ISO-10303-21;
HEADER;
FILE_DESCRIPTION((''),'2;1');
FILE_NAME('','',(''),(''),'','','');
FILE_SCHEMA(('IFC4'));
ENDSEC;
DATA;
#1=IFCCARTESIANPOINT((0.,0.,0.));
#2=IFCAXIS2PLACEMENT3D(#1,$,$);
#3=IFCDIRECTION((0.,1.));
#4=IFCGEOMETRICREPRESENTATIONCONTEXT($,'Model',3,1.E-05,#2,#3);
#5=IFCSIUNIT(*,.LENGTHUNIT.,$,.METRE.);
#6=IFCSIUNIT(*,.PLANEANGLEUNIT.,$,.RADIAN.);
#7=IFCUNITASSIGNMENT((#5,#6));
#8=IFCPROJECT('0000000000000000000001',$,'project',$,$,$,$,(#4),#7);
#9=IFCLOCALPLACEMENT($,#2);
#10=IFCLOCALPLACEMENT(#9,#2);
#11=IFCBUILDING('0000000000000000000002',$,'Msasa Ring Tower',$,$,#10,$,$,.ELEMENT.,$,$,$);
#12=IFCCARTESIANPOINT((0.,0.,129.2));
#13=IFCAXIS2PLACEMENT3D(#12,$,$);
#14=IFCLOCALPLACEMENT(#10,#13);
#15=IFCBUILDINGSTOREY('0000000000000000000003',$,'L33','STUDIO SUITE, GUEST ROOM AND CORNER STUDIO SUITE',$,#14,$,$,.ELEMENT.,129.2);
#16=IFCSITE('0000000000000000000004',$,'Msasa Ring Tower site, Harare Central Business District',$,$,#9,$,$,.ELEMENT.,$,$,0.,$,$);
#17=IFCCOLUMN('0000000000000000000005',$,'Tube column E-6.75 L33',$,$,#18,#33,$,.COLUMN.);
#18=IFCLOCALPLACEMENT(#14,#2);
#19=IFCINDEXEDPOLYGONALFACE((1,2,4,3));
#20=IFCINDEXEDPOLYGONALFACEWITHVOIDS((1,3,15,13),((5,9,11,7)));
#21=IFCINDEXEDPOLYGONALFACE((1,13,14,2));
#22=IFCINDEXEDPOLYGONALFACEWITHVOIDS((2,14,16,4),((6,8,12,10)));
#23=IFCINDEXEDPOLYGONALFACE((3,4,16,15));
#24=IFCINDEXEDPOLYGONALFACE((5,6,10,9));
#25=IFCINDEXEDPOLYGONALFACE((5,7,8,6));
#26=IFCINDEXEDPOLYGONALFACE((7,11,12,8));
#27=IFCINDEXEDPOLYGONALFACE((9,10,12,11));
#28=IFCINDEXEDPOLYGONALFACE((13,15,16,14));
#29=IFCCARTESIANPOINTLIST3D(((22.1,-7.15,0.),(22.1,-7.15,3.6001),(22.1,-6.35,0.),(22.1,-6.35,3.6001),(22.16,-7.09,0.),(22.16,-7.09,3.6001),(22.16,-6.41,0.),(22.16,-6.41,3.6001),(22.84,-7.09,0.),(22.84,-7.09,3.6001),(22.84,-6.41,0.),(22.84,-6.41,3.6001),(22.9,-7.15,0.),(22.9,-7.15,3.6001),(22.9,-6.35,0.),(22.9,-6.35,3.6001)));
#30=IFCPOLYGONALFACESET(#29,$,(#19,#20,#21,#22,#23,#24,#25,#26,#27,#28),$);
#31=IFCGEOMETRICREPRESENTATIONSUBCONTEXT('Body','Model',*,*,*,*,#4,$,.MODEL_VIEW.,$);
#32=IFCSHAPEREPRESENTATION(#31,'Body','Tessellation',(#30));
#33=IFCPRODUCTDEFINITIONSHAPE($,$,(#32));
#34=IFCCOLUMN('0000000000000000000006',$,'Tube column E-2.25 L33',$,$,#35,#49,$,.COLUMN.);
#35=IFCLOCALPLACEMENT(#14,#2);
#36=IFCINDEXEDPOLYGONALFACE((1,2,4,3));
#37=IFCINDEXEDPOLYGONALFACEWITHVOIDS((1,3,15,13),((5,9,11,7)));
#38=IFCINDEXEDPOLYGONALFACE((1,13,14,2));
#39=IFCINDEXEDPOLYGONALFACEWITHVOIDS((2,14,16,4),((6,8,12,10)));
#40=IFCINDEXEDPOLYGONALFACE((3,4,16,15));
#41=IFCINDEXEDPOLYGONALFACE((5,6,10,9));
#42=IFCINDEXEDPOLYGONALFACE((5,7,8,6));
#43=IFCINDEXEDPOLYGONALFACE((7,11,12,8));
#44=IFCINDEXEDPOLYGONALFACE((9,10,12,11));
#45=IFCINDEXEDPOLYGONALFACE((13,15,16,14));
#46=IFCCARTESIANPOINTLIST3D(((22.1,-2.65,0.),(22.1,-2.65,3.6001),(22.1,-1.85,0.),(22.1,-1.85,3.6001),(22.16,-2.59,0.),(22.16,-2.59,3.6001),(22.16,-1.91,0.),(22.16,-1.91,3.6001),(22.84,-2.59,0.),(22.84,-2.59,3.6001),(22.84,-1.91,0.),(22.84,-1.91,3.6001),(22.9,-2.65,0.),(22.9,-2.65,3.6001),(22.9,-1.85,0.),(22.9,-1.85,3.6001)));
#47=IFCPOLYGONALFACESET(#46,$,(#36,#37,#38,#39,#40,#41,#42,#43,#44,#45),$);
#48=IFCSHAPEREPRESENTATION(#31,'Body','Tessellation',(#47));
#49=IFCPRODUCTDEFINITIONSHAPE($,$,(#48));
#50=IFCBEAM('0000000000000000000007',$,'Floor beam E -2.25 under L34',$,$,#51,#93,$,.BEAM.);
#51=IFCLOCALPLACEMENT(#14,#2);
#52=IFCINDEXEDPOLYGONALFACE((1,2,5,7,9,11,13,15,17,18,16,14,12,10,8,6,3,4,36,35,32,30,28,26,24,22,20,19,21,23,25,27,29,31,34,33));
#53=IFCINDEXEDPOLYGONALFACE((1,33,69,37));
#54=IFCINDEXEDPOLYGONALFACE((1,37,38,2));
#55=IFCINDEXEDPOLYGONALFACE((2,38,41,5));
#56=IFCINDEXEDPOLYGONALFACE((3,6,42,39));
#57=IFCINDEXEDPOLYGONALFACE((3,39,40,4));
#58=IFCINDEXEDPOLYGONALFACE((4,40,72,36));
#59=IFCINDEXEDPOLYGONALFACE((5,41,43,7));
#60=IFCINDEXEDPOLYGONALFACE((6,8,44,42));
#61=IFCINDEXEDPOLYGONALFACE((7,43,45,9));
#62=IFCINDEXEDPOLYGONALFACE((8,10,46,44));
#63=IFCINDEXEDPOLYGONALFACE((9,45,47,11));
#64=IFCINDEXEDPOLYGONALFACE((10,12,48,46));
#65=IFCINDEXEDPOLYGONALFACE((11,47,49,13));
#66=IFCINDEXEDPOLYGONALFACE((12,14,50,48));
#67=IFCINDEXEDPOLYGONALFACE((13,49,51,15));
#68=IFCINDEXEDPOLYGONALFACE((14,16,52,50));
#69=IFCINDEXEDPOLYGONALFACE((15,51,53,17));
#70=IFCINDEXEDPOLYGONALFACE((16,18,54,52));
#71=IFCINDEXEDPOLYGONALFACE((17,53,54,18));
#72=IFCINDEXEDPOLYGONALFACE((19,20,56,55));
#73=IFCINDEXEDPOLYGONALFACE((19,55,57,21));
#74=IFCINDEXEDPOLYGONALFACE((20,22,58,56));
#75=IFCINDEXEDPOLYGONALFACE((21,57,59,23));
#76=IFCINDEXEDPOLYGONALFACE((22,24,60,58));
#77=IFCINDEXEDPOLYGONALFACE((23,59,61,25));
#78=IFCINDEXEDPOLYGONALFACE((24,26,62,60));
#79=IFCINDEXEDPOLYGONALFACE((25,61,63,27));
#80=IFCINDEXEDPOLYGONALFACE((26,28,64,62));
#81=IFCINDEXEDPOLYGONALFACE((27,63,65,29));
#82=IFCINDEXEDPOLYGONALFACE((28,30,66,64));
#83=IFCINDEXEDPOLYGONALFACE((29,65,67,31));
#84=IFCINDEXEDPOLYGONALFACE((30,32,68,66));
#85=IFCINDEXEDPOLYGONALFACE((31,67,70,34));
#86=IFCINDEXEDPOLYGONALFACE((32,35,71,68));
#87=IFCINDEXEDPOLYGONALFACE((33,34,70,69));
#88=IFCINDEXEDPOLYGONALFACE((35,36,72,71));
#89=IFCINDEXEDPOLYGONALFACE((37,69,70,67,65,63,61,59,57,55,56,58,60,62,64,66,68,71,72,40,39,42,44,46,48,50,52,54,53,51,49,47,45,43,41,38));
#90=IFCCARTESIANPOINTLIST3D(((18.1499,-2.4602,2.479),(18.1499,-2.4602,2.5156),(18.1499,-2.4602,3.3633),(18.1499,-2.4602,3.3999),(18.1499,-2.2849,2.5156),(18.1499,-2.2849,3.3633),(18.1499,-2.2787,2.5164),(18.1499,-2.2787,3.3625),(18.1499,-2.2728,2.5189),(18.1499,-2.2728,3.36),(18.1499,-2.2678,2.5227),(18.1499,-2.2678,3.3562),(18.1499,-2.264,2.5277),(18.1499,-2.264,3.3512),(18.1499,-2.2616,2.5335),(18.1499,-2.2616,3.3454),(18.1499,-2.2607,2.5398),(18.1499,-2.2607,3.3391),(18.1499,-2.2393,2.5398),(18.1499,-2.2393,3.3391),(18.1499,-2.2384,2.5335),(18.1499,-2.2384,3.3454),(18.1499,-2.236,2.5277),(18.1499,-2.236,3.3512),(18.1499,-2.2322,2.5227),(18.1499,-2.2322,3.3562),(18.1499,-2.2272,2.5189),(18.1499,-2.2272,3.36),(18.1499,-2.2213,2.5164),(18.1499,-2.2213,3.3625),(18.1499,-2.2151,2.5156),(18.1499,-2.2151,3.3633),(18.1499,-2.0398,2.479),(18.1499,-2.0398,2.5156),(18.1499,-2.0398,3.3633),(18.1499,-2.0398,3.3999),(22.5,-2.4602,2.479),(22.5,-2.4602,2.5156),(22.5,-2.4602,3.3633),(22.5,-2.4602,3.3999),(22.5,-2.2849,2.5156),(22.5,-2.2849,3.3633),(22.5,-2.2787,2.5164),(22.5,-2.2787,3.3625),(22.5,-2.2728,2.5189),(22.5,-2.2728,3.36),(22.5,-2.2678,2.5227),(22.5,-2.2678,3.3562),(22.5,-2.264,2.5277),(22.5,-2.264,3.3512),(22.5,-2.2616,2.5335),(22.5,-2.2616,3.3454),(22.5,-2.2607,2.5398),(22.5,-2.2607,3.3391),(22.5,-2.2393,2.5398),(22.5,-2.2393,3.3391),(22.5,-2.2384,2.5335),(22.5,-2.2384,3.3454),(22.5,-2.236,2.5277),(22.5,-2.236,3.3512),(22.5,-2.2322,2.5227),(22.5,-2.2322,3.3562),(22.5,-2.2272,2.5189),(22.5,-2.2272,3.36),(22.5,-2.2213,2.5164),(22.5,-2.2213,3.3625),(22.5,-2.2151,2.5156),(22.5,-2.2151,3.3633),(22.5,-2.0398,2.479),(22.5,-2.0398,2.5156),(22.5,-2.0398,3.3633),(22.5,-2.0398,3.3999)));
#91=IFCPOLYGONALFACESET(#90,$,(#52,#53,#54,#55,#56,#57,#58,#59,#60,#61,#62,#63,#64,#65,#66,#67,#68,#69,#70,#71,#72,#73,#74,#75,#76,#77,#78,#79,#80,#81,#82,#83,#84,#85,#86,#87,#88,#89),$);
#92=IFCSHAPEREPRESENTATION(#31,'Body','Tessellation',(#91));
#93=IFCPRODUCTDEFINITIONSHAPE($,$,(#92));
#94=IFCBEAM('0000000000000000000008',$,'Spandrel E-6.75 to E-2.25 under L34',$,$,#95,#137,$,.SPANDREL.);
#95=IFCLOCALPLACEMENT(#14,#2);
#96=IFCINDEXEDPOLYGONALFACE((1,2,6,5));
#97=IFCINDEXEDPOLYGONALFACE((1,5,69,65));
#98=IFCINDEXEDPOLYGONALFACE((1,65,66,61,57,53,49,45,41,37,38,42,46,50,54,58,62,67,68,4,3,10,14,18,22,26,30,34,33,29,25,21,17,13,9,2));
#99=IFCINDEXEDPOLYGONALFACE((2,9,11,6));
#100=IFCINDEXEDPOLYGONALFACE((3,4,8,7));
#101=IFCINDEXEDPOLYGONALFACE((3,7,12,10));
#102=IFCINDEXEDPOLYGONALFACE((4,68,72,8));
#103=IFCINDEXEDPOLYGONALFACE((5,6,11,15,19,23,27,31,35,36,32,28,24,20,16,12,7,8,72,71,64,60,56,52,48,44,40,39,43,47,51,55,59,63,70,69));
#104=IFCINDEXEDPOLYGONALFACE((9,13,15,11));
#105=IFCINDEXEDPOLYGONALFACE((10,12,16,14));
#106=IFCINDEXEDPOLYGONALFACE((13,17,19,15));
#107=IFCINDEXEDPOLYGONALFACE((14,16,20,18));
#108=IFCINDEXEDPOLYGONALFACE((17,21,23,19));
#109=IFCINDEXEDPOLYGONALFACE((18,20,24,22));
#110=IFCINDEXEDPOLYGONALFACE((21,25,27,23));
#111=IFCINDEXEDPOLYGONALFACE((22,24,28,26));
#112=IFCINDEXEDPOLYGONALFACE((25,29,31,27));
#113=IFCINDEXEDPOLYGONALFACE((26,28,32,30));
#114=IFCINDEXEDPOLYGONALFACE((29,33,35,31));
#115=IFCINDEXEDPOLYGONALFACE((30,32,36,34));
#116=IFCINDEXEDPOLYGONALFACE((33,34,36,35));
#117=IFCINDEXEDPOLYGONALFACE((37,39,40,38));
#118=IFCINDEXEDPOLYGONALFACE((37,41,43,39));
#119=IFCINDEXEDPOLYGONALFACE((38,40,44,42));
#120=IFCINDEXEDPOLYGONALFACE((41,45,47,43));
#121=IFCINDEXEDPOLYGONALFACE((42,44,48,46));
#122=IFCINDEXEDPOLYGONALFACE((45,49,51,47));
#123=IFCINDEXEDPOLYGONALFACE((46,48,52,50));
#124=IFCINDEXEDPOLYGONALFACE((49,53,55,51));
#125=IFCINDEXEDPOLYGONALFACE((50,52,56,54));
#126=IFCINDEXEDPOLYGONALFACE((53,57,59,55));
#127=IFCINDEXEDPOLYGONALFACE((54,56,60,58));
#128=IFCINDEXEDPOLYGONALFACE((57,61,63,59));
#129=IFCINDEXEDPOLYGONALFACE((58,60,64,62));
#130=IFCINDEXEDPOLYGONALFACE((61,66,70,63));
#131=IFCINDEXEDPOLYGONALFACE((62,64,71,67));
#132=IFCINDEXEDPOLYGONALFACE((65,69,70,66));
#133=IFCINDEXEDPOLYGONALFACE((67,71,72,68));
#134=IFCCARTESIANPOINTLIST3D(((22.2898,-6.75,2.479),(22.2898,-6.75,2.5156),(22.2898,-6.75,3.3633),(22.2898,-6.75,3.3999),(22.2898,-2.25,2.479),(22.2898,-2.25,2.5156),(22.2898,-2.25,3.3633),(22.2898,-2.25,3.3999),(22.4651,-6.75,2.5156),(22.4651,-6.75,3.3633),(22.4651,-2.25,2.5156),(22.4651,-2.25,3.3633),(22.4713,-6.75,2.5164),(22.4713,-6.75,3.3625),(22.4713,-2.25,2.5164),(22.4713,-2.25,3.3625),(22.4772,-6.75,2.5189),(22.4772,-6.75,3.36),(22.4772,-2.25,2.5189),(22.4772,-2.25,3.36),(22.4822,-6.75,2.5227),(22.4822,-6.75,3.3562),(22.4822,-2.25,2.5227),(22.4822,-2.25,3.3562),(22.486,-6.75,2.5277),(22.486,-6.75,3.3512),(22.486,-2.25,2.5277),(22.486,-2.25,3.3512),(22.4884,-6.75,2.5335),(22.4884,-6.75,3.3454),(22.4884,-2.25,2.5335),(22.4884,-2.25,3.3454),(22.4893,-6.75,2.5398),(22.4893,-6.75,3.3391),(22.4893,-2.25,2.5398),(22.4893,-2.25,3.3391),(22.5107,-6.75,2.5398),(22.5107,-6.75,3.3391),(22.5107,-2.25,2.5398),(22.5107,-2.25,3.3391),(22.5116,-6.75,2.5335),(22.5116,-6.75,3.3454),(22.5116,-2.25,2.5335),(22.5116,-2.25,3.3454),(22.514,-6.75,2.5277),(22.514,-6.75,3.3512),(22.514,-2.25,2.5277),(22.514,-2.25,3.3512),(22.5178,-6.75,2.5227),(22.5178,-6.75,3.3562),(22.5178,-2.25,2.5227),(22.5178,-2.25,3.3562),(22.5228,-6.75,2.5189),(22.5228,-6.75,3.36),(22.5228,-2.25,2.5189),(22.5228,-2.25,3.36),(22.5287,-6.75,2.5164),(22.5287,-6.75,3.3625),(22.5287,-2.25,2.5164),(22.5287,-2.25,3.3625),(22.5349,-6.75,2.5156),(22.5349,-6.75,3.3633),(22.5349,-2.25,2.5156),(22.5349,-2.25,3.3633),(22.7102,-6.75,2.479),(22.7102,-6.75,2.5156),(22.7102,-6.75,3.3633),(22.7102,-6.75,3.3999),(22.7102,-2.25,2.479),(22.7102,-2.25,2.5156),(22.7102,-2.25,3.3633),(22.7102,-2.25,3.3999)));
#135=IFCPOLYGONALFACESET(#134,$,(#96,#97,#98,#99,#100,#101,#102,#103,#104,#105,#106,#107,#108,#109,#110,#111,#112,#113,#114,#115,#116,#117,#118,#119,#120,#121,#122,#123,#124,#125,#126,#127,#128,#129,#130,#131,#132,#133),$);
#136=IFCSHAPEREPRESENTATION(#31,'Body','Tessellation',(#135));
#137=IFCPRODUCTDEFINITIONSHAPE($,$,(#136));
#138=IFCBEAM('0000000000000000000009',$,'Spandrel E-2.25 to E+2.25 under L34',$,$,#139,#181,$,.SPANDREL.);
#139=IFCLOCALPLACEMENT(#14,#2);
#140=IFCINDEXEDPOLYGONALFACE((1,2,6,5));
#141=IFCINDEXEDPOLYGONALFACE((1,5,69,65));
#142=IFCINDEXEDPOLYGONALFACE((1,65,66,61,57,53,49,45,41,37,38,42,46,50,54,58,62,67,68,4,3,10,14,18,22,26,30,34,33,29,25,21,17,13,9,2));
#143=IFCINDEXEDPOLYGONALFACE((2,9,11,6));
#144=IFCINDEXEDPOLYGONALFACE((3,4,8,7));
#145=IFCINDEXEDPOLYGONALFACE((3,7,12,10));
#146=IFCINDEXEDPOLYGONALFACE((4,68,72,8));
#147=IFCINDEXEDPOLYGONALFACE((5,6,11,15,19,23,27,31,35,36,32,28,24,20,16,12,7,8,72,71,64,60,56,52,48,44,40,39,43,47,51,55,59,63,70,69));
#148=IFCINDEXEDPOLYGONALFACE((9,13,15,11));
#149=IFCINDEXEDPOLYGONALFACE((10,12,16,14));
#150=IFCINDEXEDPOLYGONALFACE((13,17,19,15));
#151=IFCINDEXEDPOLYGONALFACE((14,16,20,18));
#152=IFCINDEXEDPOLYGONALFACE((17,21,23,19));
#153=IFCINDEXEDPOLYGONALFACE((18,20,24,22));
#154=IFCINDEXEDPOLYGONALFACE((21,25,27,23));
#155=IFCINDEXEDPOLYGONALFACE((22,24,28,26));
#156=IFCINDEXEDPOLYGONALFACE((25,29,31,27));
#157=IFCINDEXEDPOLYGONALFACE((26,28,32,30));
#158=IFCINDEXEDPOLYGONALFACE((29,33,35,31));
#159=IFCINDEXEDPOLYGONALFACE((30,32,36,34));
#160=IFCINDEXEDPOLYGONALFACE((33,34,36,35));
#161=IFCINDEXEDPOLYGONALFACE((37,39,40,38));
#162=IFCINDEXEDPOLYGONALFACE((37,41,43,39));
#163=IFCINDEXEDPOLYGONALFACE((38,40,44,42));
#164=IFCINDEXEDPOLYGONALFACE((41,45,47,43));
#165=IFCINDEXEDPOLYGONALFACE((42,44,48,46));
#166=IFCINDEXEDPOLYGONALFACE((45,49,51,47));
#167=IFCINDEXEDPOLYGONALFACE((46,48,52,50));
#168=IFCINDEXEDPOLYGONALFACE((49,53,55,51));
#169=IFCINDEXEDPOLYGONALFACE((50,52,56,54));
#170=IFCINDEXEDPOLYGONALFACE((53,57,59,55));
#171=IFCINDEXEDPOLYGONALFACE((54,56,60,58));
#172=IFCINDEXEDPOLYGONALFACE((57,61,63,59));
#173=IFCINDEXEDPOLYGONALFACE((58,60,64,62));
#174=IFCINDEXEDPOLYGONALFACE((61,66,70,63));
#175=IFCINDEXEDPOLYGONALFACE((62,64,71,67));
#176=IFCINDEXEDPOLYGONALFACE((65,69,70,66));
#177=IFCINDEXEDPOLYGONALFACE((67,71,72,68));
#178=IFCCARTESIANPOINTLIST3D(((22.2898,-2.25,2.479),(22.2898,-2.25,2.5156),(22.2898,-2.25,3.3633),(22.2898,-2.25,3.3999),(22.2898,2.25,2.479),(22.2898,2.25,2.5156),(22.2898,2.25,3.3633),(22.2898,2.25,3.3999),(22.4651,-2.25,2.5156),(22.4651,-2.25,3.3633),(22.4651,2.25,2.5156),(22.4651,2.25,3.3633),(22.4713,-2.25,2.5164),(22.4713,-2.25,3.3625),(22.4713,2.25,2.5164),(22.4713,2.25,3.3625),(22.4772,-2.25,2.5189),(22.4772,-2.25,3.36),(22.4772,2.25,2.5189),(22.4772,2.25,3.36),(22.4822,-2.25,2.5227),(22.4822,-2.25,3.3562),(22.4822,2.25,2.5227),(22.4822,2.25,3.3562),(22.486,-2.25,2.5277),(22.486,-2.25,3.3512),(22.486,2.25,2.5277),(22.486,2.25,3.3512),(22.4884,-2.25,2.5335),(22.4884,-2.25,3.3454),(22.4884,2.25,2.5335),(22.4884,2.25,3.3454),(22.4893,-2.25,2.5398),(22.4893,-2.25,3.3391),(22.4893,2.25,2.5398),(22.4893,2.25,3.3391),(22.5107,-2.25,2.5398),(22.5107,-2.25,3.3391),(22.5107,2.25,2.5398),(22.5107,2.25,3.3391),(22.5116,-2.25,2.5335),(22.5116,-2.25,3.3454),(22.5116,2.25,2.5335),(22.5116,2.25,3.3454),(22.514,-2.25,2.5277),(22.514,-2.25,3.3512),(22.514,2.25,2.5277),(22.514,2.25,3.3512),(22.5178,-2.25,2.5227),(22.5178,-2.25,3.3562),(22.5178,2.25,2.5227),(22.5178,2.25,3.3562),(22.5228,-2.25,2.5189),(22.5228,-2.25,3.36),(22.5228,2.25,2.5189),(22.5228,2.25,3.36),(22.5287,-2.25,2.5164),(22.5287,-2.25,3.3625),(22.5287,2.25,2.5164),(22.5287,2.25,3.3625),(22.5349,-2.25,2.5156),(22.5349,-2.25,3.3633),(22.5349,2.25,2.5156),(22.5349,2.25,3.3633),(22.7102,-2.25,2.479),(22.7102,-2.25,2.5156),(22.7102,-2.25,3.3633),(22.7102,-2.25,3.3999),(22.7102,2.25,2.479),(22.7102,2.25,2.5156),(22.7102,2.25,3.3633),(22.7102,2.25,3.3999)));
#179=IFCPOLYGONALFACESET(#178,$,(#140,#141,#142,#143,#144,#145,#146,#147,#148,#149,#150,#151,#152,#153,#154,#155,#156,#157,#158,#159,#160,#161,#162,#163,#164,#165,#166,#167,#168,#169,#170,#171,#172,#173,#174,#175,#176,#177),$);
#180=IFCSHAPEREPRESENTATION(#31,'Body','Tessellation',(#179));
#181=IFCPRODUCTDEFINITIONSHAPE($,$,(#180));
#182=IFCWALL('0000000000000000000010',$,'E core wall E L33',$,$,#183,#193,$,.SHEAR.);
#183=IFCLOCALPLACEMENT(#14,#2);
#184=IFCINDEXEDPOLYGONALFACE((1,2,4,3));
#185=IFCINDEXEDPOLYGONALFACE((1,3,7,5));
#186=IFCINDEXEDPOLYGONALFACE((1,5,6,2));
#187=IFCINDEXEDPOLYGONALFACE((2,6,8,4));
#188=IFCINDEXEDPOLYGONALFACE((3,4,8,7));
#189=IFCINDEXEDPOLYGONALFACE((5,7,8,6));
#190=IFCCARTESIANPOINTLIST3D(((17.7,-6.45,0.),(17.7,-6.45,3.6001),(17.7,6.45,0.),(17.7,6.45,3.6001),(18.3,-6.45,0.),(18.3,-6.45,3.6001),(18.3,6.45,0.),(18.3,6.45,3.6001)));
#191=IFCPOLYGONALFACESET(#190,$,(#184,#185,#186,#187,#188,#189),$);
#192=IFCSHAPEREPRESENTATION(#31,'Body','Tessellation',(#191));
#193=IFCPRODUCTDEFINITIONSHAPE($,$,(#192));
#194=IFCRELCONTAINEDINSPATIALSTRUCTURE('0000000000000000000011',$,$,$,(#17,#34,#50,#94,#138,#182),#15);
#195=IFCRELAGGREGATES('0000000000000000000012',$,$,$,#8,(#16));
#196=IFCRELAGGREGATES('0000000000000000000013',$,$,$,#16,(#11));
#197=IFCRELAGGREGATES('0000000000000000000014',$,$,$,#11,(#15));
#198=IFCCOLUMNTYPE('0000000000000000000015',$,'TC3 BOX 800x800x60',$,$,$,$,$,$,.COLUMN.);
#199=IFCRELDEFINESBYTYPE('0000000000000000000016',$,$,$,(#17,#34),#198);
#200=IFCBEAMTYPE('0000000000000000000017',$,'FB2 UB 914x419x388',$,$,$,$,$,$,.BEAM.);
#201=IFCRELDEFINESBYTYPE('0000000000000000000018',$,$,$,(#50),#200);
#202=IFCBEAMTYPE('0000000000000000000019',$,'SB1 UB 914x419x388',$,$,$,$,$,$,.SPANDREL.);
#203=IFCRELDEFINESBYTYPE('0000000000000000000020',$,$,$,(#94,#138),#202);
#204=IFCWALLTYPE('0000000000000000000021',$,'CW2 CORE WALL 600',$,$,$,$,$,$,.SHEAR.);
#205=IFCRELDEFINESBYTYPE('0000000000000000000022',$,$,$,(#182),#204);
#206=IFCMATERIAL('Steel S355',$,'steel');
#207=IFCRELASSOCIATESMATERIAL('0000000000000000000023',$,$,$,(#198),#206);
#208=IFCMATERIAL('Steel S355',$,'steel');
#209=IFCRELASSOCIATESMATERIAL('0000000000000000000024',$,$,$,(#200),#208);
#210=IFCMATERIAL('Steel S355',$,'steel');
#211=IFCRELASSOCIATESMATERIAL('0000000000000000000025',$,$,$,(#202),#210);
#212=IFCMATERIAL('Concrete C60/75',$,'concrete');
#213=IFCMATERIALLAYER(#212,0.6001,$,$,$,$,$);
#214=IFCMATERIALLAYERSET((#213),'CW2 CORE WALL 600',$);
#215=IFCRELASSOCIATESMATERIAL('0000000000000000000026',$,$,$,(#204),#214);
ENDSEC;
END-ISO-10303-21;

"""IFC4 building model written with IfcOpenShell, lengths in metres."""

from ifc_helpers import new_model, si_unit, direction, frame, frame_2d, origin, origin_2d, place, context, subcontext, project, spatial, rectangle, hollow_rectangle, i_section, extrude, material, layer, layer_set, material_profile, profile_set, type_object, element, save


model = new_model("IFC4")

# Units and contexts
model_context = context("Model", 3, precision=1e-05, world=origin(), true_north=direction((0.0, 1.0)))
body_context = subcontext(model_context, "Body", "Model", "MODEL_VIEW")
ifc_project = project(units=[si_unit("LENGTHUNIT", "METRE"), si_unit("PLANEANGLEUNIT", "RADIAN")], contexts=[model_context])

# Site, building, storey
site_placement = place(None, origin())
site = spatial("IfcSite", under=ifc_project, at=site_placement, Name="Msasa Ring Tower site, Harare Central Business District", CompositionType="ELEMENT", RefElevation=0.0)
building_placement = place(site_placement, origin())
building = spatial("IfcBuilding", under=site, at=building_placement, Name="Msasa Ring Tower", CompositionType="ELEMENT")
storey_placement = place(building_placement, frame((0.0, 0.0, 129.2)))
storey = spatial("IfcBuildingStorey", under=building, at=storey_placement, Name="L33", Description="STUDIO SUITE, GUEST ROOM AND CORNER STUDIO SUITE", CompositionType="ELEMENT", Elevation=129.2)

# Columns
ifc_material_1 = material(Name="Steel S355", Category="steel")
ifc_material_profile_1 = material_profile(ifc_material_1, hollow_rectangle(XDim=0.8, YDim=0.8, WallThickness=0.0601, at=origin_2d()), Name="BOX 800x800x60")
ifc_profile_set_1 = profile_set([ifc_material_profile_1], Name="Steel S355")
column_type = type_object("IfcColumnType", Name="TC3 BOX 800x800x60", PredefinedType="COLUMN", material=ifc_profile_set_1)
for number, where, z_axis, x_axis, name in (
    (1, (22.5, -6.75, 0.0), (0.0, 0.0, 1.0), (1.0, 0.0, 0.0), "Tube column E-6.75 L33"),
    (2, (22.5, -2.25, 0.0), (0.0, 0.0, 1.0), (1.0, 0.0, 0.0), "Tube column E-2.25 L33"),
):
    element("IfcColumn", number, at=place(storey_placement, frame(where, z_axis=z_axis, x_axis=x_axis)), inside=storey, type_object=column_type, Name=name, PredefinedType="COLUMN", context=body_context, shape_type="SweptSolid", body=[
        extrude(hollow_rectangle(XDim=0.8, YDim=0.8, WallThickness=0.0601, at=origin_2d()), origin(), (0.0, 0.0, 1.0), 3.6001),
    ])

# Beams
ifc_material_2 = material(Name="Steel S355", Category="steel")
ifc_material_profile_2 = material_profile(ifc_material_2, i_section(OverallWidth=0.4204, OverallDepth=0.9209, WebThickness=0.0215, FlangeThickness=0.0366, FilletRadius=0.0242, at=origin_2d()), Name="UB 914x419x388")
ifc_profile_set_2 = profile_set([ifc_material_profile_2], Name="Steel S355")
beam_type_1 = type_object("IfcBeamType", Name="FB2 UB 914x419x388", PredefinedType="BEAM", material=ifc_profile_set_2)
beam_placement = place(storey_placement, frame((22.5, -2.25, 2.9395), z_axis=(-1.0, 0.0, 0.0), x_axis=(0.0, -1.0, 0.0)))
element("IfcBeam", 3, at=beam_placement, inside=storey, type_object=beam_type_1, Name="Floor beam E -2.25 under L34", PredefinedType="BEAM", context=body_context, shape_type="SweptSolid", body=[
    extrude(i_section(OverallWidth=0.4204, OverallDepth=0.9209, WebThickness=0.0215, FlangeThickness=0.0366, FilletRadius=0.0242, at=origin_2d()), origin(), (0.0, 0.0, 1.0), 4.3501),
])
ifc_material_3 = material(Name="Steel S355", Category="steel")
ifc_material_profile_3 = material_profile(ifc_material_3, i_section(OverallWidth=0.4204, OverallDepth=0.9209, WebThickness=0.0215, FlangeThickness=0.0366, FilletRadius=0.0242, at=origin_2d()), Name="UB 914x419x388")
ifc_profile_set_3 = profile_set([ifc_material_profile_3], Name="Steel S355")
beam_type_2 = type_object("IfcBeamType", Name="SB1 UB 914x419x388", PredefinedType="SPANDREL", material=ifc_profile_set_3)
for number, where, z_axis, x_axis, name in (
    (4, (22.5, -6.75, 2.9395), (0.0, 1.0, 0.0), (-1.0, 0.0, 0.0), "Spandrel E-6.75 to E-2.25 under L34"),
    (5, (22.5, -2.25, 2.9395), (0.0, 1.0, 0.0), (-1.0, 0.0, 0.0), "Spandrel E-2.25 to E+2.25 under L34"),
):
    element("IfcBeam", number, at=place(storey_placement, frame(where, z_axis=z_axis, x_axis=x_axis)), inside=storey, type_object=beam_type_2, Name=name, PredefinedType="SPANDREL", context=body_context, shape_type="SweptSolid", body=[
        extrude(i_section(OverallWidth=0.4204, OverallDepth=0.9209, WebThickness=0.0215, FlangeThickness=0.0366, FilletRadius=0.0242, at=origin_2d()), origin(), (0.0, 0.0, 1.0), 4.5),
    ])

# Wall
ifc_material_4 = material(Name="Concrete C60/75", Category="concrete")
ifc_layer_1 = layer(ifc_material_4, 0.6001)
ifc_layer_set_1 = layer_set([ifc_layer_1], Name="CW2 CORE WALL 600")
wall_type_1 = type_object("IfcWallType", Name="CW2 CORE WALL 600", PredefinedType="SHEAR", material=ifc_layer_set_1)
wall_1_placement = place(storey_placement, frame((18.0, -6.45, 0.0), z_axis=(0.0, 0.0, 1.0), x_axis=(0.0, 1.0, 0.0)))
element("IfcWall", 6, at=wall_1_placement, inside=storey, type_object=wall_type_1, Name="E core wall E L33", PredefinedType="SHEAR", context=body_context, shape_type="SweptSolid", body=[
    extrude(rectangle(XDim=12.8999, YDim=0.6001, at=frame_2d((6.45, 0.0))), origin(), (0.0, 0.0, 1.0), 3.6001),
])

save(model, "model.ifc")
